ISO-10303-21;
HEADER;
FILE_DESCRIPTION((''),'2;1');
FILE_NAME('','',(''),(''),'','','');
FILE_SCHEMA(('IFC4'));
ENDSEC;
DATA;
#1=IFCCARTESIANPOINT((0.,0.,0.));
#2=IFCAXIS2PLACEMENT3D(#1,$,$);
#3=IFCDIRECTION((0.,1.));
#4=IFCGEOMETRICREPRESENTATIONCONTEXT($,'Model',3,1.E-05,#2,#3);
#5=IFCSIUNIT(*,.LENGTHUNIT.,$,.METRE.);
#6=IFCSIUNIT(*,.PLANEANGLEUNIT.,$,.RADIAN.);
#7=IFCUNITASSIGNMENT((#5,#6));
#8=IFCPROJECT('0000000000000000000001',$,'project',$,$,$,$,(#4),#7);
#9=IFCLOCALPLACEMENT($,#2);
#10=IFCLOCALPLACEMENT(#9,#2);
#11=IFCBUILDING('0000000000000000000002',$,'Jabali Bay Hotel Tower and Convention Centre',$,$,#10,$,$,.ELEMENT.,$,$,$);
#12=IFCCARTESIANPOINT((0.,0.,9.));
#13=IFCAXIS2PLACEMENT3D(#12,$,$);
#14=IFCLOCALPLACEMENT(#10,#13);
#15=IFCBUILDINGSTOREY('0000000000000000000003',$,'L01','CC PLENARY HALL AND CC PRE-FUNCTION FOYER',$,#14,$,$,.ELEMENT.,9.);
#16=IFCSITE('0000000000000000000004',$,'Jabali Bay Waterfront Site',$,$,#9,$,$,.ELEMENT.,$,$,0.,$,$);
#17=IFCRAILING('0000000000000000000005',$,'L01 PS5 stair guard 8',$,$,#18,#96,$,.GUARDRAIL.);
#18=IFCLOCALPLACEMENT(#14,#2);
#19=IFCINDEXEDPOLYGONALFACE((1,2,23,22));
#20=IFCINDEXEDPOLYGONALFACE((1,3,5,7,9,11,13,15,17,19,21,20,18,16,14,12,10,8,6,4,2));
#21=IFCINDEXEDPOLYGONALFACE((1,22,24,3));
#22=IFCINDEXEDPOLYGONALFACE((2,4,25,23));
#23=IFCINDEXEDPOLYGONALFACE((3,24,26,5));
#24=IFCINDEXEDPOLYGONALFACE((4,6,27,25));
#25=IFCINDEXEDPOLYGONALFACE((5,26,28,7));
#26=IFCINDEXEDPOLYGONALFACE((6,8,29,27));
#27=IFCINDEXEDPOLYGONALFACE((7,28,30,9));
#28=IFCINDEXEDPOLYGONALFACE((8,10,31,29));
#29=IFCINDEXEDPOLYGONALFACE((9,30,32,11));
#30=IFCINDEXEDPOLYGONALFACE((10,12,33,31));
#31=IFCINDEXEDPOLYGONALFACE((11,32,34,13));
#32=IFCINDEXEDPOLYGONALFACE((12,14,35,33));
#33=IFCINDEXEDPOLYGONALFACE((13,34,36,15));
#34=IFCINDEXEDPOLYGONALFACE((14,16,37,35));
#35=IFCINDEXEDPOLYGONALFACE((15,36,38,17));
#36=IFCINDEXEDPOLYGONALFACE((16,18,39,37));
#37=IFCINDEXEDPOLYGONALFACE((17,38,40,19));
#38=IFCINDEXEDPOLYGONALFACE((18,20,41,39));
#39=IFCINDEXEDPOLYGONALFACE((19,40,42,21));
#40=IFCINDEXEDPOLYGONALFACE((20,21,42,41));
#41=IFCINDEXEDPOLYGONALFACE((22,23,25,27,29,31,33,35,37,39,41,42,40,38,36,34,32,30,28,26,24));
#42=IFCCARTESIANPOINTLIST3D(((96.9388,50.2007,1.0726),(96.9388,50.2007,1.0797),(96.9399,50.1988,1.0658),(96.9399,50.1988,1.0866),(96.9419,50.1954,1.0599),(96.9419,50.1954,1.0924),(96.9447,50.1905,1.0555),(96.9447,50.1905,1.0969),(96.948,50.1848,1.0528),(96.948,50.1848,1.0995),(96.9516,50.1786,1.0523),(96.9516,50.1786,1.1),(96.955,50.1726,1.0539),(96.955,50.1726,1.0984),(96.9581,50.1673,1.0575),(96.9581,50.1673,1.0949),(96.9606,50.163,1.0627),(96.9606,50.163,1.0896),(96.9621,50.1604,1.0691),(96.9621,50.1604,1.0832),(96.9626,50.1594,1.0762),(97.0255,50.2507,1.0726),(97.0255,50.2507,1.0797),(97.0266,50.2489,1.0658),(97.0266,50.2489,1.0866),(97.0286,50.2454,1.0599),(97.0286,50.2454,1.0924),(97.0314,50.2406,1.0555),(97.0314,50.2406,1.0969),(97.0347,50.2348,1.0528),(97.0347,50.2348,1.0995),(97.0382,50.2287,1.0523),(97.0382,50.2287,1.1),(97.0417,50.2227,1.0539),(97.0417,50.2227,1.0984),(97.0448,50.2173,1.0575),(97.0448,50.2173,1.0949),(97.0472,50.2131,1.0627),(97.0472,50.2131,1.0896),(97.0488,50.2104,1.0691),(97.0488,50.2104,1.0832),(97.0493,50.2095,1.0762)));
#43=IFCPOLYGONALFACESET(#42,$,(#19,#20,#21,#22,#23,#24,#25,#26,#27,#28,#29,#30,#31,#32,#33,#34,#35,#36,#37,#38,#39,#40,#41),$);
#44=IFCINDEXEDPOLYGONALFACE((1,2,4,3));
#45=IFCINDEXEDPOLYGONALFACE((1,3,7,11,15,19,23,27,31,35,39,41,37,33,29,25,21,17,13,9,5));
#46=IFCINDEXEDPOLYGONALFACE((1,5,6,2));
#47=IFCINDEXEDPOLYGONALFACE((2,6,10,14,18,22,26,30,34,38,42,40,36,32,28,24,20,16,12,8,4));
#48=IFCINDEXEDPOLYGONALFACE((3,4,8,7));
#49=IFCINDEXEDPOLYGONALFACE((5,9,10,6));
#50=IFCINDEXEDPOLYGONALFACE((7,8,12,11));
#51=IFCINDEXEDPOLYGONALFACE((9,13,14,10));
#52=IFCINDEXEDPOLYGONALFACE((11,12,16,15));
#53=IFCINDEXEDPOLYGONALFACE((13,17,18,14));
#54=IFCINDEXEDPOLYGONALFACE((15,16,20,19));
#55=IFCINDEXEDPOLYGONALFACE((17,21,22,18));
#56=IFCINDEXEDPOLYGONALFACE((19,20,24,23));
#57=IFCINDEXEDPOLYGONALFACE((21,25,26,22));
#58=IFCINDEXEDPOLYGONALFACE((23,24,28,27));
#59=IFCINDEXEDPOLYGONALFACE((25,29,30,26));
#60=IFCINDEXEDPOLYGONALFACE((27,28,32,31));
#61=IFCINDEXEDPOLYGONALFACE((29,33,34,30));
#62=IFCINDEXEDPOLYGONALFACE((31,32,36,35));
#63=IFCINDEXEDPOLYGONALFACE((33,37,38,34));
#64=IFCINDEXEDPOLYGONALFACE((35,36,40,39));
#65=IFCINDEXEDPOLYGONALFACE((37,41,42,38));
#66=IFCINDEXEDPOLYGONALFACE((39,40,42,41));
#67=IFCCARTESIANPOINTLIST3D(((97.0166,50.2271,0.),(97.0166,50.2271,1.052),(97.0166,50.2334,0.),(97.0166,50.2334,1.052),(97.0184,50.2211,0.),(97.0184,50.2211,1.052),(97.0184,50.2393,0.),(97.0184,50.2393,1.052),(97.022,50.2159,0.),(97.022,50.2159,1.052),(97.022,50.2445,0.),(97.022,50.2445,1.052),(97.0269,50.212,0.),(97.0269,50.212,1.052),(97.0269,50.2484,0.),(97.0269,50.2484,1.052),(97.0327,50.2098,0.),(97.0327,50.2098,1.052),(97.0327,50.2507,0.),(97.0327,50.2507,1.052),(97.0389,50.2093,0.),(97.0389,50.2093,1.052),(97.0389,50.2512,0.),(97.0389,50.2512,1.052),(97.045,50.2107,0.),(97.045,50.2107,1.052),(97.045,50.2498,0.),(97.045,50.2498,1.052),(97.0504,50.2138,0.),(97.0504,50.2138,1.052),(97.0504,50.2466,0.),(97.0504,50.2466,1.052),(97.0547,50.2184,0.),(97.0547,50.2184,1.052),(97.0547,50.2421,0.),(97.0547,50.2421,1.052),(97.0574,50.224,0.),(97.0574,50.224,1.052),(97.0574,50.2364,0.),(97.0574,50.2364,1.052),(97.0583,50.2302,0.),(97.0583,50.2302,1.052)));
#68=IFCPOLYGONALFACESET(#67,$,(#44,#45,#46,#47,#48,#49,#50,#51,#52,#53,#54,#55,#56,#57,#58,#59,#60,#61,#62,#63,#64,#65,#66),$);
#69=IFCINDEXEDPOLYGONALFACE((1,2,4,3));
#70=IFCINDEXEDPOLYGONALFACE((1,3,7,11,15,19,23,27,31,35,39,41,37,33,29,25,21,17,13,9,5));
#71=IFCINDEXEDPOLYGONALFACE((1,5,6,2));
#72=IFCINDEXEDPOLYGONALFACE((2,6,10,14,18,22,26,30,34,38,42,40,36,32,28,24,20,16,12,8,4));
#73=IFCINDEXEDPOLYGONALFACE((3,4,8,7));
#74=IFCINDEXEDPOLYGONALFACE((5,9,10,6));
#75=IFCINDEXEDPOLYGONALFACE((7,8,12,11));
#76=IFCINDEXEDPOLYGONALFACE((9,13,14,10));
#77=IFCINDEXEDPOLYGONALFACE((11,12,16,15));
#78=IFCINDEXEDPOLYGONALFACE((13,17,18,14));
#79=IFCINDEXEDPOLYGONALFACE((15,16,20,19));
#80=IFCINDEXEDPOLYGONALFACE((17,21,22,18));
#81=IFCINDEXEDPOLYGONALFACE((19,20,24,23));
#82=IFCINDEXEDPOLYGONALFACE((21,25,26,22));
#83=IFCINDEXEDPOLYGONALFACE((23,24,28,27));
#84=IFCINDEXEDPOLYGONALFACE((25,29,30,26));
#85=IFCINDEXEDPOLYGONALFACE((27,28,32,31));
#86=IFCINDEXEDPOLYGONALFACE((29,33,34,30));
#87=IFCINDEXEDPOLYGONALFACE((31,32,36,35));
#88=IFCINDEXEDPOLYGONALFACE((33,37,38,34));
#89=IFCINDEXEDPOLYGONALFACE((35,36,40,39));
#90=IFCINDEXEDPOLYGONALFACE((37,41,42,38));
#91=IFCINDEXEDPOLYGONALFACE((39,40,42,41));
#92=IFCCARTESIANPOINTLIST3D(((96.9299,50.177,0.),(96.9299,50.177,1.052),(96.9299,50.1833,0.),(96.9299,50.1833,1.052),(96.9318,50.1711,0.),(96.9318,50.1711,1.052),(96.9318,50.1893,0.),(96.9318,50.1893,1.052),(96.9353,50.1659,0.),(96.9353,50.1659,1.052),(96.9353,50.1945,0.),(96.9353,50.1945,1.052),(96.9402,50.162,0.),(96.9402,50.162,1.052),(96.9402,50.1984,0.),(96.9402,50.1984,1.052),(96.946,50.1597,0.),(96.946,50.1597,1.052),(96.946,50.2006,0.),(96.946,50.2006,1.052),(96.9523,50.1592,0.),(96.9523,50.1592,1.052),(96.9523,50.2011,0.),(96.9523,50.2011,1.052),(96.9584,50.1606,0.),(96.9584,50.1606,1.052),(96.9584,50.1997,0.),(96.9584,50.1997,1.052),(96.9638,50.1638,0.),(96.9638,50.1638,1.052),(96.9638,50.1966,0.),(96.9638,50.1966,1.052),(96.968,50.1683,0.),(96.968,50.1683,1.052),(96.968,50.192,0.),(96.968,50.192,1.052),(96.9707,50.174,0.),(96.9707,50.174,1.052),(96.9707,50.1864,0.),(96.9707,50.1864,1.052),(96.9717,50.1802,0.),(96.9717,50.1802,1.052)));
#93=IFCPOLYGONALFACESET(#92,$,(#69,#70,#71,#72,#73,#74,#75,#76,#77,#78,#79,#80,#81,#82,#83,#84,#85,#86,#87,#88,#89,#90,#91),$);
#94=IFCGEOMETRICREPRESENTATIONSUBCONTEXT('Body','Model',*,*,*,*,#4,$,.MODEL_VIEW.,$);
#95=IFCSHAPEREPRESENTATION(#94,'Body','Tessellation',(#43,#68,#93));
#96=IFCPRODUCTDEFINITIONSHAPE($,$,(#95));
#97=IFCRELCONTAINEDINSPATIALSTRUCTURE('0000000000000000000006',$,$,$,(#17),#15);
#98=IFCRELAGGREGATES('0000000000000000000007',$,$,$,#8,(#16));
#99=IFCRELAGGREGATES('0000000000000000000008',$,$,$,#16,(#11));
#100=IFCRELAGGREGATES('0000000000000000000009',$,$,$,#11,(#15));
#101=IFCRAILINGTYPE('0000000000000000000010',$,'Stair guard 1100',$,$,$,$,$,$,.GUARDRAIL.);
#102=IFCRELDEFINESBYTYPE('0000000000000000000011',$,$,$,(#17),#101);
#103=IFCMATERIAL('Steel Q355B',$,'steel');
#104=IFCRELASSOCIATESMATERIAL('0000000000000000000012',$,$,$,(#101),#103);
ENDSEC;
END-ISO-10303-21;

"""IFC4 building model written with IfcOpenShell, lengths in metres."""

from ifc_helpers import new_model, si_unit, direction, frame, origin, origin_2d, place, context, subcontext, project, spatial, circle, extrude, material, type_object, element, save


model = new_model("IFC4")

# Units and contexts
model_context = context("Model", 3, precision=1e-05, world=origin(), true_north=direction((0.0, 1.0)))
body_context = subcontext(model_context, "Body", "Model", "MODEL_VIEW")
ifc_project = project(units=[si_unit("LENGTHUNIT", "METRE"), si_unit("PLANEANGLEUNIT", "RADIAN")], contexts=[model_context])

# Site, building, storey
site_placement = place(None, origin())
site = spatial("IfcSite", under=ifc_project, at=site_placement, Name="Jabali Bay Waterfront Site", CompositionType="ELEMENT", RefElevation=0.0)
building_placement = place(site_placement, origin())
building = spatial("IfcBuilding", under=site, at=building_placement, Name="Jabali Bay Hotel Tower and Convention Centre", CompositionType="ELEMENT")
storey_placement = place(building_placement, frame((0.0, 0.0, 9.0)))
storey = spatial("IfcBuildingStorey", under=building, at=storey_placement, Name="L01", Description="CC PLENARY HALL AND CC PRE-FUNCTION FOYER", CompositionType="ELEMENT", Elevation=9.0)

# Railing
ifc_material_1 = material(Name="Steel Q355B", Category="steel")
railing_type_1 = type_object("IfcRailingType", Name="Stair guard 1100", PredefinedType="GUARDRAIL", material=ifc_material_1)
railing_1_placement = place(storey_placement, frame((97.0374, 50.2302, 0.0)))
element("IfcRailing", 1, at=railing_1_placement, inside=storey, type_object=railing_type_1, Name="L01 PS5 stair guard 8", PredefinedType="GUARDRAIL", context=body_context, shape_type="SweptSolid", body=[
    extrude(circle(Radius=0.0239, at=origin_2d()), frame((0.0, 0.0, 1.0762), z_axis=(-0.865982, -0.500074, 0.0), x_axis=(0.500074, -0.865982, 0.0)), (0.0, 0.0, 1.0), 0.1001),
    extrude(circle(Radius=0.021, at=origin_2d()), origin(), (0.0, 0.0, 1.0), 1.052),
    extrude(circle(Radius=0.021, at=origin_2d()), frame((-0.0867, -0.05, 0.0)), (0.0, 0.0, 1.0), 1.052),
])

save(model, "model.ifc")
